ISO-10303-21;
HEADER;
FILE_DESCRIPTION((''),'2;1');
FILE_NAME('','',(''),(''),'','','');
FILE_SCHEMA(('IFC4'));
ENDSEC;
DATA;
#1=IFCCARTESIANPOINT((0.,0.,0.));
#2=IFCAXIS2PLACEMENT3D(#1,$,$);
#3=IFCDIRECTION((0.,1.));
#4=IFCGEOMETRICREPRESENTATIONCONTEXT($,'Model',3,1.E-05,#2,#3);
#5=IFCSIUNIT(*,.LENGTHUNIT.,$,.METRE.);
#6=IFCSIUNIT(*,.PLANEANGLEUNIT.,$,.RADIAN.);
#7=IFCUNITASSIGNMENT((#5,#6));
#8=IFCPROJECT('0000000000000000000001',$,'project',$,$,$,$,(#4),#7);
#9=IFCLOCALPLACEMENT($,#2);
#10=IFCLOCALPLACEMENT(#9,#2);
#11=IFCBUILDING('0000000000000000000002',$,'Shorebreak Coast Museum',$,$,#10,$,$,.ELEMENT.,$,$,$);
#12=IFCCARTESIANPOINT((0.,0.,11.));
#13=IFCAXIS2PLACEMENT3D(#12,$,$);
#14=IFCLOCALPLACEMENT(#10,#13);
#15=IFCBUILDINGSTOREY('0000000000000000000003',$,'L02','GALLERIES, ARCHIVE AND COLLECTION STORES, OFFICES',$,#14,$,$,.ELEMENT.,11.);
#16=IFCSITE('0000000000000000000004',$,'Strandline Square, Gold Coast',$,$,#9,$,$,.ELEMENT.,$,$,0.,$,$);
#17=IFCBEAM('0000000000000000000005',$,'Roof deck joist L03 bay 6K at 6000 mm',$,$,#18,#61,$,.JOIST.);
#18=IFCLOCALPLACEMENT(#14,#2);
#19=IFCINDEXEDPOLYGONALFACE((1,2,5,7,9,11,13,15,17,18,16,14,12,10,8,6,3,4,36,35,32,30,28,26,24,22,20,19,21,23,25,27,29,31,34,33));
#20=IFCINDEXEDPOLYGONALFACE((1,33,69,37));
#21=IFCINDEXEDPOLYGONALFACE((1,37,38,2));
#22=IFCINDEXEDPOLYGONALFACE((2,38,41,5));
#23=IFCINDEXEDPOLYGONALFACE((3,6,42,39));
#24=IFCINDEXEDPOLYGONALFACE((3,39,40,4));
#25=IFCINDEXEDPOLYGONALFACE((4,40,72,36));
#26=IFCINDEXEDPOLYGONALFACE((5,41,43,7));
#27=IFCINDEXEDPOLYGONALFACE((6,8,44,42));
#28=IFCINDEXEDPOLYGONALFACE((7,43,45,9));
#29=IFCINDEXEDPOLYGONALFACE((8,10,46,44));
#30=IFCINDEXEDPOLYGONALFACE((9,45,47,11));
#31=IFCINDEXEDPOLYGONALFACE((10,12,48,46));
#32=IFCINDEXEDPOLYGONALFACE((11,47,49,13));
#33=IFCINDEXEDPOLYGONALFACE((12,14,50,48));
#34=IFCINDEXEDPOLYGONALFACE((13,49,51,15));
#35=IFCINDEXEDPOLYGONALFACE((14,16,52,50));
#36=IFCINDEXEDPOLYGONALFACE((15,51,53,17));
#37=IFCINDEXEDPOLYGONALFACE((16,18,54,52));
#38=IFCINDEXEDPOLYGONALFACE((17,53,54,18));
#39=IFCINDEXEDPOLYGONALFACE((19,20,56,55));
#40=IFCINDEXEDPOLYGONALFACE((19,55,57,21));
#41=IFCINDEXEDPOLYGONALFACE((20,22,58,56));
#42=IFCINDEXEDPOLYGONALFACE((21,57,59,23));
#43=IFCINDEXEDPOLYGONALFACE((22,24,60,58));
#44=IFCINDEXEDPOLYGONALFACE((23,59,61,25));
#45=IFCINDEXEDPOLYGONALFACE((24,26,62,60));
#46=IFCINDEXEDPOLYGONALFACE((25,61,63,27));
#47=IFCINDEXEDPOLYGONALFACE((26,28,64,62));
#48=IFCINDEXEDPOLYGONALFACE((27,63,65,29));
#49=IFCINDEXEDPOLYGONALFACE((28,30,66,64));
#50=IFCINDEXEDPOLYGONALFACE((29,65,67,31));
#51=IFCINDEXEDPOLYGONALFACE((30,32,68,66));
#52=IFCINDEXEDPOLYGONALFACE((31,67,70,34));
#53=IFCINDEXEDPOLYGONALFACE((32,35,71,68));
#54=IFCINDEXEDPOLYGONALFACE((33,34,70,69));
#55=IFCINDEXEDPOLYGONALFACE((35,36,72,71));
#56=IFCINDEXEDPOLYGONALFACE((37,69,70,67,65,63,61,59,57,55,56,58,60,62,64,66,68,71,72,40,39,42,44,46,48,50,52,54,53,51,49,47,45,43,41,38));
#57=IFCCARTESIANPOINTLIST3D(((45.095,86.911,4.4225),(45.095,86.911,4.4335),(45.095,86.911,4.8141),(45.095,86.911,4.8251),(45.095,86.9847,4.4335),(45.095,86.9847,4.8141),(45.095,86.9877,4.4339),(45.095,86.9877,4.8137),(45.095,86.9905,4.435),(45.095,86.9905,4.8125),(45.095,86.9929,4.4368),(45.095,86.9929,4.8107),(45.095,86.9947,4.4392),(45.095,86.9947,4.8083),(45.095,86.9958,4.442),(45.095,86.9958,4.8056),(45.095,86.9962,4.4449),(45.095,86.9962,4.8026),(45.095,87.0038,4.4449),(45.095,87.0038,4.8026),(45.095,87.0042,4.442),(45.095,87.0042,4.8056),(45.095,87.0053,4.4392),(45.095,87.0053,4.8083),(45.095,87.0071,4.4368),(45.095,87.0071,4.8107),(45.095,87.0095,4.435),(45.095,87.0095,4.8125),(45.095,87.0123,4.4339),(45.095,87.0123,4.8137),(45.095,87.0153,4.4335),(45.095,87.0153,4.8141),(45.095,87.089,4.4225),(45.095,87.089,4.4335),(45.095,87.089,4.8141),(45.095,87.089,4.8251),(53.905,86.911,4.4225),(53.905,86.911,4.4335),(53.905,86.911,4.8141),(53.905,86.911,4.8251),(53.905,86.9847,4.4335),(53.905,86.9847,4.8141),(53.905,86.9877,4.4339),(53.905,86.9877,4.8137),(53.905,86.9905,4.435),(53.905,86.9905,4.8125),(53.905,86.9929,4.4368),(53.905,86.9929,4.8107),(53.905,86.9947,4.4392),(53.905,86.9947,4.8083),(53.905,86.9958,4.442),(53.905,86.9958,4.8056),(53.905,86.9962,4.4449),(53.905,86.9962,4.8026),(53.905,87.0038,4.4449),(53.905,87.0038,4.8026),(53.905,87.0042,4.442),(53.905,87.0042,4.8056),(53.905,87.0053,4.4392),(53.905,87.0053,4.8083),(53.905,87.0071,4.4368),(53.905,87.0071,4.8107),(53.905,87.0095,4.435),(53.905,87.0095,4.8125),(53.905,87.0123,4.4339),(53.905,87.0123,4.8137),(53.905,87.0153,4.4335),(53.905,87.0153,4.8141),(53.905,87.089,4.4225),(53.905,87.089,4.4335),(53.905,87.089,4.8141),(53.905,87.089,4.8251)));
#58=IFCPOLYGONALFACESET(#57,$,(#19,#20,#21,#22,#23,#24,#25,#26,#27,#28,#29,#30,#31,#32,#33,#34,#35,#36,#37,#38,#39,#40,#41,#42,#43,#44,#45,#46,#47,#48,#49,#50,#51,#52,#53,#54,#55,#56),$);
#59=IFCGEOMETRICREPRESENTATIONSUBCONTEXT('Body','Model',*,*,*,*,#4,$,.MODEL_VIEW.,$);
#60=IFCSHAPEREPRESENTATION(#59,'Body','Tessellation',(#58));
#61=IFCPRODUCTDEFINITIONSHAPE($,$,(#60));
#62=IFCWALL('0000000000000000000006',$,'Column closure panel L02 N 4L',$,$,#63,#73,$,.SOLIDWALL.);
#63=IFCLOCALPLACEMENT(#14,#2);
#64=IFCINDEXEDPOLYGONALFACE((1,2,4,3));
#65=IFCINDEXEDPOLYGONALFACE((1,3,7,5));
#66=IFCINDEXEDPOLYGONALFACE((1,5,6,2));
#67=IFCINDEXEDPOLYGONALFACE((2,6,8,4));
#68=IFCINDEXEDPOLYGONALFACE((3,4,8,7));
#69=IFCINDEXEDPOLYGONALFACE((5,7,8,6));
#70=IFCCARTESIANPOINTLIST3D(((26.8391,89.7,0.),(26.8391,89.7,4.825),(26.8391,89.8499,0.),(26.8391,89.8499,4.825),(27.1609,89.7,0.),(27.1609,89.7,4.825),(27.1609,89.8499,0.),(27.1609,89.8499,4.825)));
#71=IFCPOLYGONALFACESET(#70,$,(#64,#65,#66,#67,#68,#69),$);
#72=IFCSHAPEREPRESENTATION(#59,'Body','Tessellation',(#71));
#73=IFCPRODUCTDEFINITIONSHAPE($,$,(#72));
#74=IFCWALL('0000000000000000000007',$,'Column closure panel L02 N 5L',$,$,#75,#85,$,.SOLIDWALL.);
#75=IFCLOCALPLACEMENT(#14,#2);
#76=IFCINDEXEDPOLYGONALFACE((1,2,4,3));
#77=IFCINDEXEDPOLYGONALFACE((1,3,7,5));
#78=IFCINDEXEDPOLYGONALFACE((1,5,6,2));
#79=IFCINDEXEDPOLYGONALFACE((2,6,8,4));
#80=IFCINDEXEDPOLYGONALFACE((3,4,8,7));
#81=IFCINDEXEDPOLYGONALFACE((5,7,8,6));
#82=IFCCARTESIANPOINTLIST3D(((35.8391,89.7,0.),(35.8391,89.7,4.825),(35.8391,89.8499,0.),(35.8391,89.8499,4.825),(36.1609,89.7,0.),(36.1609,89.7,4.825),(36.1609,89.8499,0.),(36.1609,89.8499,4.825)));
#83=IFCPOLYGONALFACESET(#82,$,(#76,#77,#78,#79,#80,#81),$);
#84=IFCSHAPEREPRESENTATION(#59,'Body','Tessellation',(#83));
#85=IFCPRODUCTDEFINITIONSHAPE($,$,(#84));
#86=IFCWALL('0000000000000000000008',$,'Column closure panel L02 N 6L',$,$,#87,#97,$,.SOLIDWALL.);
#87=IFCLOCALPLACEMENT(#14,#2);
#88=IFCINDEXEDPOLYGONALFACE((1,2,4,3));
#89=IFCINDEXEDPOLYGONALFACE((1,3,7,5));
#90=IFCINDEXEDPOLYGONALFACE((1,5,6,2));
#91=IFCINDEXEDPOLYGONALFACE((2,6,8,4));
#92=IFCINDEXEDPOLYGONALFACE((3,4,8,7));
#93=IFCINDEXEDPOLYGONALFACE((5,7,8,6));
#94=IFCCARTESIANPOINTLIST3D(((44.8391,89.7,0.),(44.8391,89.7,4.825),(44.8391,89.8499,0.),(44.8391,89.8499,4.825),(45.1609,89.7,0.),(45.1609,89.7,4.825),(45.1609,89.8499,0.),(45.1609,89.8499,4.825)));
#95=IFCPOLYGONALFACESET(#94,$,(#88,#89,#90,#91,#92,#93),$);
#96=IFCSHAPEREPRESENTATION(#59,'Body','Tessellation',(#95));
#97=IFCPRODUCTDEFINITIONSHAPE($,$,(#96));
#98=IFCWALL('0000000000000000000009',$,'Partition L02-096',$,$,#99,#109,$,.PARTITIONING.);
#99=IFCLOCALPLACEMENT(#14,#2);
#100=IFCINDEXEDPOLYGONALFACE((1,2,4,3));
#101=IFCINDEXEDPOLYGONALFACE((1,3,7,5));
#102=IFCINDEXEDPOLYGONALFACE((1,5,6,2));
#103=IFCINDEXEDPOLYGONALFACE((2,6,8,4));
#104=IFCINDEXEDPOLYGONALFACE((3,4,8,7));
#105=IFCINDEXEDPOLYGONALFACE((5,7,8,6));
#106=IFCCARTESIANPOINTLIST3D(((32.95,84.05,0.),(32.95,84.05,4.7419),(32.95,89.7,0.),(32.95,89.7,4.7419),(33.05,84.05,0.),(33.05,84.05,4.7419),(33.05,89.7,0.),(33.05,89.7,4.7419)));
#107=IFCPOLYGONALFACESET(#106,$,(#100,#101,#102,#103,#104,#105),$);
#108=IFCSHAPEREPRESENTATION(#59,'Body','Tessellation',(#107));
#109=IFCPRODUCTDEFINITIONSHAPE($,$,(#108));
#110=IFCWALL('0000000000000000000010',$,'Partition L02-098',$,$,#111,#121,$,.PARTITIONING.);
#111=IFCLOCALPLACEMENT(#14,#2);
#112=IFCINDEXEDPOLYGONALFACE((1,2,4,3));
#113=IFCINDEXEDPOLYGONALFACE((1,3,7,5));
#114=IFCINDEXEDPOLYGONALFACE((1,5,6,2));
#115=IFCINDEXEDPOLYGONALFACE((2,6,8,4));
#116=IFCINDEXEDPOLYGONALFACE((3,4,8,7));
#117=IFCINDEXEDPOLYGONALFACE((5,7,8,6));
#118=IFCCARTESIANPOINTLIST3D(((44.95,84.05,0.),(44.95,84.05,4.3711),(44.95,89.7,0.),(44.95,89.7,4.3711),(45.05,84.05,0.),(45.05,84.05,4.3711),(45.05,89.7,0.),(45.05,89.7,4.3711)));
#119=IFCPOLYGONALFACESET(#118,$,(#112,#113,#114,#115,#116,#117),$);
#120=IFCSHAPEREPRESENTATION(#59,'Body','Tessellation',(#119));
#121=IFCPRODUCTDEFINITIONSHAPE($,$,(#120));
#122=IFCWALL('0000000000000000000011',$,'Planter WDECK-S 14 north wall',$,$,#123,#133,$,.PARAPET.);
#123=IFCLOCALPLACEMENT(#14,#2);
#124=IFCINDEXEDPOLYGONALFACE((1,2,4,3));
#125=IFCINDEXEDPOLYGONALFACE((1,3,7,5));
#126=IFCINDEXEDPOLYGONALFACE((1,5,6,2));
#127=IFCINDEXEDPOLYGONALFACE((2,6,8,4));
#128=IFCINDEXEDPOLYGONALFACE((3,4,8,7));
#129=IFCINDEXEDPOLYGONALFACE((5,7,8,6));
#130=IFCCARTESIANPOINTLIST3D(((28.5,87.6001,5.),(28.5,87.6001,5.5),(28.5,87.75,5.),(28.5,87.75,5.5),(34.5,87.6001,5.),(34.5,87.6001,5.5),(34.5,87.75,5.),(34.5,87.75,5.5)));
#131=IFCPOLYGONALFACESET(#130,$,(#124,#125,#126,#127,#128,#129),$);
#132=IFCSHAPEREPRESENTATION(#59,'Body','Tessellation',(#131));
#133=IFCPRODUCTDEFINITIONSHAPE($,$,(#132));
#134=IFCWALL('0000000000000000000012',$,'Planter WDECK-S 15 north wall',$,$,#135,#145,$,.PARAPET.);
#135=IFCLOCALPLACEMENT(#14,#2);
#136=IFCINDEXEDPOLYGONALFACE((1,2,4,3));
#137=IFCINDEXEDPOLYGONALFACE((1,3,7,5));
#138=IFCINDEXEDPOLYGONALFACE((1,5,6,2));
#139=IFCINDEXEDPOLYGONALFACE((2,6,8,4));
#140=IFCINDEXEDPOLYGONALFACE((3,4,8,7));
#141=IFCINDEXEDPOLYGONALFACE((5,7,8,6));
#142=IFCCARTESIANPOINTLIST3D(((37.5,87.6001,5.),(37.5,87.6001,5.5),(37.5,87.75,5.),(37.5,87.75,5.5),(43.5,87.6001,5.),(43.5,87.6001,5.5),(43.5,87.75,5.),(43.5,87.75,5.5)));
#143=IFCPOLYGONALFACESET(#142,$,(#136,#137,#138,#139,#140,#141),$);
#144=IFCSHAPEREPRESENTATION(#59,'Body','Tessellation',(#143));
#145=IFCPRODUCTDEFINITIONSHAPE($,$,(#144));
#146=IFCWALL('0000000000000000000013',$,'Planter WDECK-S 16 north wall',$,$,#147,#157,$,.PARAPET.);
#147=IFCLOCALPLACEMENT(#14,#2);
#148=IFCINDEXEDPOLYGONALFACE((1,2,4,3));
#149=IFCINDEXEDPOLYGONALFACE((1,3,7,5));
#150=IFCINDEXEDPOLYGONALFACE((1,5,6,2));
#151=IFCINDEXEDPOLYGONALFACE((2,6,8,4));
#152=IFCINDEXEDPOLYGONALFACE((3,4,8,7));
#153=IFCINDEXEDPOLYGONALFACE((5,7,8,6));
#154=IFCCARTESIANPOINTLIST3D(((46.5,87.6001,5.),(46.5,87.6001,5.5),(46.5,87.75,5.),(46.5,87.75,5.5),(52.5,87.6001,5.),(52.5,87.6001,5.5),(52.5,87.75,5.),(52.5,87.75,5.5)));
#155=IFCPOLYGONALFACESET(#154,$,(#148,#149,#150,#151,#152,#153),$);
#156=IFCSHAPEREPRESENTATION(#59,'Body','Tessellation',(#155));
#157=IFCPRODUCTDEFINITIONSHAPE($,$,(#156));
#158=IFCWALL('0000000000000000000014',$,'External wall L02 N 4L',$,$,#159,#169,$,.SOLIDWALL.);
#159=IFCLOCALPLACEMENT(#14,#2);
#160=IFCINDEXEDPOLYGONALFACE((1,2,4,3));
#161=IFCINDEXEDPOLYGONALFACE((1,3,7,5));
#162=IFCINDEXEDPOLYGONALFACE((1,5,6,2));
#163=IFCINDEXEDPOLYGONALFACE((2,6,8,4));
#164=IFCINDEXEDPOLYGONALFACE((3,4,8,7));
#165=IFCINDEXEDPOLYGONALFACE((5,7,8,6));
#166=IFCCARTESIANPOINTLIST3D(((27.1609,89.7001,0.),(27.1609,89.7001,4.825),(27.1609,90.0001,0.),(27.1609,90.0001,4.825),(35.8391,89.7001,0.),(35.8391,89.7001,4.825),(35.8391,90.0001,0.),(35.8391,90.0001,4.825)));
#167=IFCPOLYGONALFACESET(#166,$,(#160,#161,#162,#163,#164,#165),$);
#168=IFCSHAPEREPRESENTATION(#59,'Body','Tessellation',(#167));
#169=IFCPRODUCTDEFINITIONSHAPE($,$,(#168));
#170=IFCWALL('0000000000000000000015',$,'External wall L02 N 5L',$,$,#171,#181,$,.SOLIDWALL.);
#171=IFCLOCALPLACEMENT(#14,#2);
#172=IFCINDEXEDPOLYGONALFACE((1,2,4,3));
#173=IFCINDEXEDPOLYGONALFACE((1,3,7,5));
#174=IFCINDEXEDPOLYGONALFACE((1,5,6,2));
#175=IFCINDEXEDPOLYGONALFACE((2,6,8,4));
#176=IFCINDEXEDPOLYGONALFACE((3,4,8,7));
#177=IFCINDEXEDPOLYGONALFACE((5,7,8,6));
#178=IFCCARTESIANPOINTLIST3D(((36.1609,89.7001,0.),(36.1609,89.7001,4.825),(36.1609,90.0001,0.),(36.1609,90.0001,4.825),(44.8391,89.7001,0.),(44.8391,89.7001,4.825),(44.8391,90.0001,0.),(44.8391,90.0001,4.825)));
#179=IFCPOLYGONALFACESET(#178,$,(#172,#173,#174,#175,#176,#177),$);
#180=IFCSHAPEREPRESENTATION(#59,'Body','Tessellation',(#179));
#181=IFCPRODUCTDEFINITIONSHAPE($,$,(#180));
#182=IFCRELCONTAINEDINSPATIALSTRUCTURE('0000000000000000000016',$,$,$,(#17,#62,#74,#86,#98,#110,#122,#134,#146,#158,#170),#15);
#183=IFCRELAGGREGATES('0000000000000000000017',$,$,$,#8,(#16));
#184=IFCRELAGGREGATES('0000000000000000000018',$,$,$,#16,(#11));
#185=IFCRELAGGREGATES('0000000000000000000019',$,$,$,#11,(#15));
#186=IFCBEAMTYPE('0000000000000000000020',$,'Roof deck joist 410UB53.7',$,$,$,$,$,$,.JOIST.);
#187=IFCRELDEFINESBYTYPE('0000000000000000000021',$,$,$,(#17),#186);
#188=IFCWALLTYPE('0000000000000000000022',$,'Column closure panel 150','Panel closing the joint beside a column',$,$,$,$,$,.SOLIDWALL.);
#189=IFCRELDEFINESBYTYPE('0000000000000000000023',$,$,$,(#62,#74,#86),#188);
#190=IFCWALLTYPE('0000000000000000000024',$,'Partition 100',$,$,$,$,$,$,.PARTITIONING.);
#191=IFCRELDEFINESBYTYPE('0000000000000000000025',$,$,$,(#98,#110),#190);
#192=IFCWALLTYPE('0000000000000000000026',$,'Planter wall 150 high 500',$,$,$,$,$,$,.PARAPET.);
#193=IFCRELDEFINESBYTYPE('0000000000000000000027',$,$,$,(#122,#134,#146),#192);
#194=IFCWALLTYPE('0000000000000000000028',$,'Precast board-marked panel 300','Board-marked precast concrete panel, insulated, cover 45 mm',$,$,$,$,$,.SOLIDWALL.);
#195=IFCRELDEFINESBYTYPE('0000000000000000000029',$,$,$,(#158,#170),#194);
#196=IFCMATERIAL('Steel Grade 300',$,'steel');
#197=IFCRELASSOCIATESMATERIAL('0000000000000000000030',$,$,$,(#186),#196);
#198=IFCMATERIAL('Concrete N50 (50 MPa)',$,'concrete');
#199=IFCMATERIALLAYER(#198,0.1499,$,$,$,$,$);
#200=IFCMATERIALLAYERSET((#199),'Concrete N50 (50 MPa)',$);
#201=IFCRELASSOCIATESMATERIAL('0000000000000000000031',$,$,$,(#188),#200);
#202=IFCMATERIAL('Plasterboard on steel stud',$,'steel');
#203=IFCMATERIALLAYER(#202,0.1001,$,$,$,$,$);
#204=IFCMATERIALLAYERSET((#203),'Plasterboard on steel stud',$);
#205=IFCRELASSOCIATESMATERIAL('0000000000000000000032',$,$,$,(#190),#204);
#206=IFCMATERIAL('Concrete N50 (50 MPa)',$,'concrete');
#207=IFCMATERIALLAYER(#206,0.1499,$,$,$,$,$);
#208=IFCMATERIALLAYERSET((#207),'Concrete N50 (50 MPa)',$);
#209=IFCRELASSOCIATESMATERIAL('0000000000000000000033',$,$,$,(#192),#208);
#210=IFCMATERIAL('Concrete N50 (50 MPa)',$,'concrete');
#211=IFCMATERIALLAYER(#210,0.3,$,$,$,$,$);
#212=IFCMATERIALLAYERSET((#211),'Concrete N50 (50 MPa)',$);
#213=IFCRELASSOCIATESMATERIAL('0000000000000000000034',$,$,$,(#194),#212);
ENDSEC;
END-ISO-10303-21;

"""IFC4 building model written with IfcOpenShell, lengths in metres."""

from ifc_helpers import new_model, si_unit, direction, frame, frame_2d, origin, origin_2d, place, context, subcontext, project, spatial, rectangle, i_section, extrude, material, layer, layer_set, material_profile, profile_set, type_object, element, save


model = new_model("IFC4")

# Units and contexts
model_context = context("Model", 3, precision=1e-05, world=origin(), true_north=direction((0.0, 1.0)))
body_context = subcontext(model_context, "Body", "Model", "MODEL_VIEW")
ifc_project = project(units=[si_unit("LENGTHUNIT", "METRE"), si_unit("PLANEANGLEUNIT", "RADIAN")], contexts=[model_context])

# Site, building, storey
site_placement = place(None, origin())
site = spatial("IfcSite", under=ifc_project, at=site_placement, Name="Strandline Square, Gold Coast", CompositionType="ELEMENT", RefElevation=0.0)
building_placement = place(site_placement, origin())
building = spatial("IfcBuilding", under=site, at=building_placement, Name="Shorebreak Coast Museum", CompositionType="ELEMENT")
storey_placement = place(building_placement, frame((0.0, 0.0, 11.0)))
storey = spatial("IfcBuildingStorey", under=building, at=storey_placement, Name="L02", Description="GALLERIES, ARCHIVE AND COLLECTION STORES, OFFICES", CompositionType="ELEMENT", Elevation=11.0)

# Beam
ifc_material_1 = material(Name="Steel Grade 300", Category="steel")
ifc_material_profile_1 = material_profile(ifc_material_1, i_section(OverallWidth=0.178, OverallDepth=0.4026, WebThickness=0.0076, FlangeThickness=0.011, FilletRadius=0.0115, at=origin_2d()), Name="410UB53.7")
ifc_profile_set_1 = profile_set([ifc_material_profile_1], Name="Steel Grade 300")
beam_type_1 = type_object("IfcBeamType", Name="Roof deck joist 410UB53.7", PredefinedType="JOIST", material=ifc_profile_set_1)
for number, where, z_axis, x_axis, name in (
    (1, (45.095, 87.0, 4.6238), (1.0, 0.0, 0.0), (0.0, 1.0, 0.0), "Roof deck joist L03 bay 6K at 6000 mm"),
):
    element("IfcBeam", number, at=place(storey_placement, frame(where, z_axis=z_axis, x_axis=x_axis)), inside=storey, type_object=beam_type_1, Name=name, PredefinedType="JOIST", context=body_context, shape_type="SweptSolid", body=[
        extrude(i_section(OverallWidth=0.178, OverallDepth=0.4026, WebThickness=0.0076, FlangeThickness=0.011, FilletRadius=0.0115, at=origin_2d()), origin(), (0.0, 0.0, 1.0), 8.8101),
    ])

# Walls
ifc_material_2 = material(Name="Concrete N50 (50 MPa)", Category="concrete")
ifc_layer_1 = layer(ifc_material_2, 0.1499)
ifc_layer_set_1 = layer_set([ifc_layer_1], Name="Concrete N50 (50 MPa)")
wall_type_1 = type_object("IfcWallType", Name="Column closure panel 150", Description="Panel closing the joint beside a column", PredefinedType="SOLIDWALL", material=ifc_layer_set_1)
for number, where, z_axis, x_axis, name in (
    (2, (26.8391, 89.7749, 0.0), (0.0, 0.0, 1.0), (1.0, 0.0, 0.0), "Column closure panel L02 N 4L"),
    (3, (35.8391, 89.7749, 0.0), (0.0, 0.0, 1.0), (1.0, 0.0, 0.0), "Column closure panel L02 N 5L"),
    (4, (44.8391, 89.7749, 0.0), (0.0, 0.0, 1.0), (1.0, 0.0, 0.0), "Column closure panel L02 N 6L"),
):
    element("IfcWall", number, at=place(storey_placement, frame(where, z_axis=z_axis, x_axis=x_axis)), inside=storey, type_object=wall_type_1, Name=name, PredefinedType="SOLIDWALL", context=body_context, shape_type="SweptSolid", body=[
        extrude(rectangle(XDim=0.3218, YDim=0.1499, at=frame_2d((0.1609, 0.0))), origin(), (0.0, 0.0, 1.0), 4.825),
    ])
ifc_material_3 = material(Name="Plasterboard on steel stud", Category="steel")
ifc_layer_2 = layer(ifc_material_3, 0.1001)
ifc_layer_set_2 = layer_set([ifc_layer_2], Name="Plasterboard on steel stud")
wall_type_2 = type_object("IfcWallType", Name="Partition 100", PredefinedType="PARTITIONING", material=ifc_layer_set_2)
wall_1_placement = place(storey_placement, frame((33.0, 84.05, 0.0), z_axis=(0.0, 0.0, 1.0), x_axis=(0.0, 1.0, 0.0)))
element("IfcWall", 5, at=wall_1_placement, inside=storey, type_object=wall_type_2, Name="Partition L02-096", PredefinedType="PARTITIONING", context=body_context, shape_type="SweptSolid", body=[
    extrude(rectangle(XDim=5.6499, YDim=0.1001, at=frame_2d((2.825, 0.0))), origin(), (0.0, 0.0, 1.0), 4.7419),
])
wall_2_placement = place(storey_placement, frame((45.0, 84.05, 0.0), z_axis=(0.0, 0.0, 1.0), x_axis=(0.0, 1.0, 0.0)))
element("IfcWall", 6, at=wall_2_placement, inside=storey, type_object=wall_type_2, Name="Partition L02-098", PredefinedType="PARTITIONING", context=body_context, shape_type="SweptSolid", body=[
    extrude(rectangle(XDim=5.6499, YDim=0.1001, at=frame_2d((2.825, 0.0))), origin(), (0.0, 0.0, 1.0), 4.3711),
])
ifc_material_4 = material(Name="Concrete N50 (50 MPa)", Category="concrete")
ifc_layer_3 = layer(ifc_material_4, 0.1499)
ifc_layer_set_3 = layer_set([ifc_layer_3], Name="Concrete N50 (50 MPa)")
wall_type_3 = type_object("IfcWallType", Name="Planter wall 150 high 500", PredefinedType="PARAPET", material=ifc_layer_set_3)
for number, where, z_axis, x_axis, name in (
    (7, (28.5, 87.675, 5.0), (0.0, 0.0, 1.0), (1.0, 0.0, 0.0), "Planter WDECK-S 14 north wall"),
    (8, (37.5, 87.675, 5.0), (0.0, 0.0, 1.0), (1.0, 0.0, 0.0), "Planter WDECK-S 15 north wall"),
    (9, (46.5, 87.675, 5.0), (0.0, 0.0, 1.0), (1.0, 0.0, 0.0), "Planter WDECK-S 16 north wall"),
):
    element("IfcWall", number, at=place(storey_placement, frame(where, z_axis=z_axis, x_axis=x_axis)), inside=storey, type_object=wall_type_3, Name=name, PredefinedType="PARAPET", context=body_context, shape_type="SweptSolid", body=[
        extrude(rectangle(XDim=6.0, YDim=0.1499, at=frame_2d((3.0, 0.0))), origin(), (0.0, 0.0, 1.0), 0.5),
    ])
ifc_material_5 = material(Name="Concrete N50 (50 MPa)", Category="concrete")
ifc_layer_4 = layer(ifc_material_5, 0.3)
ifc_layer_set_4 = layer_set([ifc_layer_4], Name="Concrete N50 (50 MPa)")
wall_type_4 = type_object("IfcWallType", Name="Precast board-marked panel 300", Description="Board-marked precast concrete panel, insulated, cover 45 mm", PredefinedType="SOLIDWALL", material=ifc_layer_set_4)
for number, where, z_axis, x_axis, name in (
    (10, (27.1609, 89.8501, 0.0), (0.0, 0.0, 1.0), (1.0, 0.0, 0.0), "External wall L02 N 4L"),
    (11, (36.1609, 89.8501, 0.0), (0.0, 0.0, 1.0), (1.0, 0.0, 0.0), "External wall L02 N 5L"),
):
    element("IfcWall", number, at=place(storey_placement, frame(where, z_axis=z_axis, x_axis=x_axis)), inside=storey, type_object=wall_type_4, Name=name, PredefinedType="SOLIDWALL", context=body_context, shape_type="SweptSolid", body=[
        extrude(rectangle(XDim=8.6782, YDim=0.3, at=frame_2d((4.3391, 0.0))), origin(), (0.0, 0.0, 1.0), 4.825),
    ])

save(model, "model.ifc")
